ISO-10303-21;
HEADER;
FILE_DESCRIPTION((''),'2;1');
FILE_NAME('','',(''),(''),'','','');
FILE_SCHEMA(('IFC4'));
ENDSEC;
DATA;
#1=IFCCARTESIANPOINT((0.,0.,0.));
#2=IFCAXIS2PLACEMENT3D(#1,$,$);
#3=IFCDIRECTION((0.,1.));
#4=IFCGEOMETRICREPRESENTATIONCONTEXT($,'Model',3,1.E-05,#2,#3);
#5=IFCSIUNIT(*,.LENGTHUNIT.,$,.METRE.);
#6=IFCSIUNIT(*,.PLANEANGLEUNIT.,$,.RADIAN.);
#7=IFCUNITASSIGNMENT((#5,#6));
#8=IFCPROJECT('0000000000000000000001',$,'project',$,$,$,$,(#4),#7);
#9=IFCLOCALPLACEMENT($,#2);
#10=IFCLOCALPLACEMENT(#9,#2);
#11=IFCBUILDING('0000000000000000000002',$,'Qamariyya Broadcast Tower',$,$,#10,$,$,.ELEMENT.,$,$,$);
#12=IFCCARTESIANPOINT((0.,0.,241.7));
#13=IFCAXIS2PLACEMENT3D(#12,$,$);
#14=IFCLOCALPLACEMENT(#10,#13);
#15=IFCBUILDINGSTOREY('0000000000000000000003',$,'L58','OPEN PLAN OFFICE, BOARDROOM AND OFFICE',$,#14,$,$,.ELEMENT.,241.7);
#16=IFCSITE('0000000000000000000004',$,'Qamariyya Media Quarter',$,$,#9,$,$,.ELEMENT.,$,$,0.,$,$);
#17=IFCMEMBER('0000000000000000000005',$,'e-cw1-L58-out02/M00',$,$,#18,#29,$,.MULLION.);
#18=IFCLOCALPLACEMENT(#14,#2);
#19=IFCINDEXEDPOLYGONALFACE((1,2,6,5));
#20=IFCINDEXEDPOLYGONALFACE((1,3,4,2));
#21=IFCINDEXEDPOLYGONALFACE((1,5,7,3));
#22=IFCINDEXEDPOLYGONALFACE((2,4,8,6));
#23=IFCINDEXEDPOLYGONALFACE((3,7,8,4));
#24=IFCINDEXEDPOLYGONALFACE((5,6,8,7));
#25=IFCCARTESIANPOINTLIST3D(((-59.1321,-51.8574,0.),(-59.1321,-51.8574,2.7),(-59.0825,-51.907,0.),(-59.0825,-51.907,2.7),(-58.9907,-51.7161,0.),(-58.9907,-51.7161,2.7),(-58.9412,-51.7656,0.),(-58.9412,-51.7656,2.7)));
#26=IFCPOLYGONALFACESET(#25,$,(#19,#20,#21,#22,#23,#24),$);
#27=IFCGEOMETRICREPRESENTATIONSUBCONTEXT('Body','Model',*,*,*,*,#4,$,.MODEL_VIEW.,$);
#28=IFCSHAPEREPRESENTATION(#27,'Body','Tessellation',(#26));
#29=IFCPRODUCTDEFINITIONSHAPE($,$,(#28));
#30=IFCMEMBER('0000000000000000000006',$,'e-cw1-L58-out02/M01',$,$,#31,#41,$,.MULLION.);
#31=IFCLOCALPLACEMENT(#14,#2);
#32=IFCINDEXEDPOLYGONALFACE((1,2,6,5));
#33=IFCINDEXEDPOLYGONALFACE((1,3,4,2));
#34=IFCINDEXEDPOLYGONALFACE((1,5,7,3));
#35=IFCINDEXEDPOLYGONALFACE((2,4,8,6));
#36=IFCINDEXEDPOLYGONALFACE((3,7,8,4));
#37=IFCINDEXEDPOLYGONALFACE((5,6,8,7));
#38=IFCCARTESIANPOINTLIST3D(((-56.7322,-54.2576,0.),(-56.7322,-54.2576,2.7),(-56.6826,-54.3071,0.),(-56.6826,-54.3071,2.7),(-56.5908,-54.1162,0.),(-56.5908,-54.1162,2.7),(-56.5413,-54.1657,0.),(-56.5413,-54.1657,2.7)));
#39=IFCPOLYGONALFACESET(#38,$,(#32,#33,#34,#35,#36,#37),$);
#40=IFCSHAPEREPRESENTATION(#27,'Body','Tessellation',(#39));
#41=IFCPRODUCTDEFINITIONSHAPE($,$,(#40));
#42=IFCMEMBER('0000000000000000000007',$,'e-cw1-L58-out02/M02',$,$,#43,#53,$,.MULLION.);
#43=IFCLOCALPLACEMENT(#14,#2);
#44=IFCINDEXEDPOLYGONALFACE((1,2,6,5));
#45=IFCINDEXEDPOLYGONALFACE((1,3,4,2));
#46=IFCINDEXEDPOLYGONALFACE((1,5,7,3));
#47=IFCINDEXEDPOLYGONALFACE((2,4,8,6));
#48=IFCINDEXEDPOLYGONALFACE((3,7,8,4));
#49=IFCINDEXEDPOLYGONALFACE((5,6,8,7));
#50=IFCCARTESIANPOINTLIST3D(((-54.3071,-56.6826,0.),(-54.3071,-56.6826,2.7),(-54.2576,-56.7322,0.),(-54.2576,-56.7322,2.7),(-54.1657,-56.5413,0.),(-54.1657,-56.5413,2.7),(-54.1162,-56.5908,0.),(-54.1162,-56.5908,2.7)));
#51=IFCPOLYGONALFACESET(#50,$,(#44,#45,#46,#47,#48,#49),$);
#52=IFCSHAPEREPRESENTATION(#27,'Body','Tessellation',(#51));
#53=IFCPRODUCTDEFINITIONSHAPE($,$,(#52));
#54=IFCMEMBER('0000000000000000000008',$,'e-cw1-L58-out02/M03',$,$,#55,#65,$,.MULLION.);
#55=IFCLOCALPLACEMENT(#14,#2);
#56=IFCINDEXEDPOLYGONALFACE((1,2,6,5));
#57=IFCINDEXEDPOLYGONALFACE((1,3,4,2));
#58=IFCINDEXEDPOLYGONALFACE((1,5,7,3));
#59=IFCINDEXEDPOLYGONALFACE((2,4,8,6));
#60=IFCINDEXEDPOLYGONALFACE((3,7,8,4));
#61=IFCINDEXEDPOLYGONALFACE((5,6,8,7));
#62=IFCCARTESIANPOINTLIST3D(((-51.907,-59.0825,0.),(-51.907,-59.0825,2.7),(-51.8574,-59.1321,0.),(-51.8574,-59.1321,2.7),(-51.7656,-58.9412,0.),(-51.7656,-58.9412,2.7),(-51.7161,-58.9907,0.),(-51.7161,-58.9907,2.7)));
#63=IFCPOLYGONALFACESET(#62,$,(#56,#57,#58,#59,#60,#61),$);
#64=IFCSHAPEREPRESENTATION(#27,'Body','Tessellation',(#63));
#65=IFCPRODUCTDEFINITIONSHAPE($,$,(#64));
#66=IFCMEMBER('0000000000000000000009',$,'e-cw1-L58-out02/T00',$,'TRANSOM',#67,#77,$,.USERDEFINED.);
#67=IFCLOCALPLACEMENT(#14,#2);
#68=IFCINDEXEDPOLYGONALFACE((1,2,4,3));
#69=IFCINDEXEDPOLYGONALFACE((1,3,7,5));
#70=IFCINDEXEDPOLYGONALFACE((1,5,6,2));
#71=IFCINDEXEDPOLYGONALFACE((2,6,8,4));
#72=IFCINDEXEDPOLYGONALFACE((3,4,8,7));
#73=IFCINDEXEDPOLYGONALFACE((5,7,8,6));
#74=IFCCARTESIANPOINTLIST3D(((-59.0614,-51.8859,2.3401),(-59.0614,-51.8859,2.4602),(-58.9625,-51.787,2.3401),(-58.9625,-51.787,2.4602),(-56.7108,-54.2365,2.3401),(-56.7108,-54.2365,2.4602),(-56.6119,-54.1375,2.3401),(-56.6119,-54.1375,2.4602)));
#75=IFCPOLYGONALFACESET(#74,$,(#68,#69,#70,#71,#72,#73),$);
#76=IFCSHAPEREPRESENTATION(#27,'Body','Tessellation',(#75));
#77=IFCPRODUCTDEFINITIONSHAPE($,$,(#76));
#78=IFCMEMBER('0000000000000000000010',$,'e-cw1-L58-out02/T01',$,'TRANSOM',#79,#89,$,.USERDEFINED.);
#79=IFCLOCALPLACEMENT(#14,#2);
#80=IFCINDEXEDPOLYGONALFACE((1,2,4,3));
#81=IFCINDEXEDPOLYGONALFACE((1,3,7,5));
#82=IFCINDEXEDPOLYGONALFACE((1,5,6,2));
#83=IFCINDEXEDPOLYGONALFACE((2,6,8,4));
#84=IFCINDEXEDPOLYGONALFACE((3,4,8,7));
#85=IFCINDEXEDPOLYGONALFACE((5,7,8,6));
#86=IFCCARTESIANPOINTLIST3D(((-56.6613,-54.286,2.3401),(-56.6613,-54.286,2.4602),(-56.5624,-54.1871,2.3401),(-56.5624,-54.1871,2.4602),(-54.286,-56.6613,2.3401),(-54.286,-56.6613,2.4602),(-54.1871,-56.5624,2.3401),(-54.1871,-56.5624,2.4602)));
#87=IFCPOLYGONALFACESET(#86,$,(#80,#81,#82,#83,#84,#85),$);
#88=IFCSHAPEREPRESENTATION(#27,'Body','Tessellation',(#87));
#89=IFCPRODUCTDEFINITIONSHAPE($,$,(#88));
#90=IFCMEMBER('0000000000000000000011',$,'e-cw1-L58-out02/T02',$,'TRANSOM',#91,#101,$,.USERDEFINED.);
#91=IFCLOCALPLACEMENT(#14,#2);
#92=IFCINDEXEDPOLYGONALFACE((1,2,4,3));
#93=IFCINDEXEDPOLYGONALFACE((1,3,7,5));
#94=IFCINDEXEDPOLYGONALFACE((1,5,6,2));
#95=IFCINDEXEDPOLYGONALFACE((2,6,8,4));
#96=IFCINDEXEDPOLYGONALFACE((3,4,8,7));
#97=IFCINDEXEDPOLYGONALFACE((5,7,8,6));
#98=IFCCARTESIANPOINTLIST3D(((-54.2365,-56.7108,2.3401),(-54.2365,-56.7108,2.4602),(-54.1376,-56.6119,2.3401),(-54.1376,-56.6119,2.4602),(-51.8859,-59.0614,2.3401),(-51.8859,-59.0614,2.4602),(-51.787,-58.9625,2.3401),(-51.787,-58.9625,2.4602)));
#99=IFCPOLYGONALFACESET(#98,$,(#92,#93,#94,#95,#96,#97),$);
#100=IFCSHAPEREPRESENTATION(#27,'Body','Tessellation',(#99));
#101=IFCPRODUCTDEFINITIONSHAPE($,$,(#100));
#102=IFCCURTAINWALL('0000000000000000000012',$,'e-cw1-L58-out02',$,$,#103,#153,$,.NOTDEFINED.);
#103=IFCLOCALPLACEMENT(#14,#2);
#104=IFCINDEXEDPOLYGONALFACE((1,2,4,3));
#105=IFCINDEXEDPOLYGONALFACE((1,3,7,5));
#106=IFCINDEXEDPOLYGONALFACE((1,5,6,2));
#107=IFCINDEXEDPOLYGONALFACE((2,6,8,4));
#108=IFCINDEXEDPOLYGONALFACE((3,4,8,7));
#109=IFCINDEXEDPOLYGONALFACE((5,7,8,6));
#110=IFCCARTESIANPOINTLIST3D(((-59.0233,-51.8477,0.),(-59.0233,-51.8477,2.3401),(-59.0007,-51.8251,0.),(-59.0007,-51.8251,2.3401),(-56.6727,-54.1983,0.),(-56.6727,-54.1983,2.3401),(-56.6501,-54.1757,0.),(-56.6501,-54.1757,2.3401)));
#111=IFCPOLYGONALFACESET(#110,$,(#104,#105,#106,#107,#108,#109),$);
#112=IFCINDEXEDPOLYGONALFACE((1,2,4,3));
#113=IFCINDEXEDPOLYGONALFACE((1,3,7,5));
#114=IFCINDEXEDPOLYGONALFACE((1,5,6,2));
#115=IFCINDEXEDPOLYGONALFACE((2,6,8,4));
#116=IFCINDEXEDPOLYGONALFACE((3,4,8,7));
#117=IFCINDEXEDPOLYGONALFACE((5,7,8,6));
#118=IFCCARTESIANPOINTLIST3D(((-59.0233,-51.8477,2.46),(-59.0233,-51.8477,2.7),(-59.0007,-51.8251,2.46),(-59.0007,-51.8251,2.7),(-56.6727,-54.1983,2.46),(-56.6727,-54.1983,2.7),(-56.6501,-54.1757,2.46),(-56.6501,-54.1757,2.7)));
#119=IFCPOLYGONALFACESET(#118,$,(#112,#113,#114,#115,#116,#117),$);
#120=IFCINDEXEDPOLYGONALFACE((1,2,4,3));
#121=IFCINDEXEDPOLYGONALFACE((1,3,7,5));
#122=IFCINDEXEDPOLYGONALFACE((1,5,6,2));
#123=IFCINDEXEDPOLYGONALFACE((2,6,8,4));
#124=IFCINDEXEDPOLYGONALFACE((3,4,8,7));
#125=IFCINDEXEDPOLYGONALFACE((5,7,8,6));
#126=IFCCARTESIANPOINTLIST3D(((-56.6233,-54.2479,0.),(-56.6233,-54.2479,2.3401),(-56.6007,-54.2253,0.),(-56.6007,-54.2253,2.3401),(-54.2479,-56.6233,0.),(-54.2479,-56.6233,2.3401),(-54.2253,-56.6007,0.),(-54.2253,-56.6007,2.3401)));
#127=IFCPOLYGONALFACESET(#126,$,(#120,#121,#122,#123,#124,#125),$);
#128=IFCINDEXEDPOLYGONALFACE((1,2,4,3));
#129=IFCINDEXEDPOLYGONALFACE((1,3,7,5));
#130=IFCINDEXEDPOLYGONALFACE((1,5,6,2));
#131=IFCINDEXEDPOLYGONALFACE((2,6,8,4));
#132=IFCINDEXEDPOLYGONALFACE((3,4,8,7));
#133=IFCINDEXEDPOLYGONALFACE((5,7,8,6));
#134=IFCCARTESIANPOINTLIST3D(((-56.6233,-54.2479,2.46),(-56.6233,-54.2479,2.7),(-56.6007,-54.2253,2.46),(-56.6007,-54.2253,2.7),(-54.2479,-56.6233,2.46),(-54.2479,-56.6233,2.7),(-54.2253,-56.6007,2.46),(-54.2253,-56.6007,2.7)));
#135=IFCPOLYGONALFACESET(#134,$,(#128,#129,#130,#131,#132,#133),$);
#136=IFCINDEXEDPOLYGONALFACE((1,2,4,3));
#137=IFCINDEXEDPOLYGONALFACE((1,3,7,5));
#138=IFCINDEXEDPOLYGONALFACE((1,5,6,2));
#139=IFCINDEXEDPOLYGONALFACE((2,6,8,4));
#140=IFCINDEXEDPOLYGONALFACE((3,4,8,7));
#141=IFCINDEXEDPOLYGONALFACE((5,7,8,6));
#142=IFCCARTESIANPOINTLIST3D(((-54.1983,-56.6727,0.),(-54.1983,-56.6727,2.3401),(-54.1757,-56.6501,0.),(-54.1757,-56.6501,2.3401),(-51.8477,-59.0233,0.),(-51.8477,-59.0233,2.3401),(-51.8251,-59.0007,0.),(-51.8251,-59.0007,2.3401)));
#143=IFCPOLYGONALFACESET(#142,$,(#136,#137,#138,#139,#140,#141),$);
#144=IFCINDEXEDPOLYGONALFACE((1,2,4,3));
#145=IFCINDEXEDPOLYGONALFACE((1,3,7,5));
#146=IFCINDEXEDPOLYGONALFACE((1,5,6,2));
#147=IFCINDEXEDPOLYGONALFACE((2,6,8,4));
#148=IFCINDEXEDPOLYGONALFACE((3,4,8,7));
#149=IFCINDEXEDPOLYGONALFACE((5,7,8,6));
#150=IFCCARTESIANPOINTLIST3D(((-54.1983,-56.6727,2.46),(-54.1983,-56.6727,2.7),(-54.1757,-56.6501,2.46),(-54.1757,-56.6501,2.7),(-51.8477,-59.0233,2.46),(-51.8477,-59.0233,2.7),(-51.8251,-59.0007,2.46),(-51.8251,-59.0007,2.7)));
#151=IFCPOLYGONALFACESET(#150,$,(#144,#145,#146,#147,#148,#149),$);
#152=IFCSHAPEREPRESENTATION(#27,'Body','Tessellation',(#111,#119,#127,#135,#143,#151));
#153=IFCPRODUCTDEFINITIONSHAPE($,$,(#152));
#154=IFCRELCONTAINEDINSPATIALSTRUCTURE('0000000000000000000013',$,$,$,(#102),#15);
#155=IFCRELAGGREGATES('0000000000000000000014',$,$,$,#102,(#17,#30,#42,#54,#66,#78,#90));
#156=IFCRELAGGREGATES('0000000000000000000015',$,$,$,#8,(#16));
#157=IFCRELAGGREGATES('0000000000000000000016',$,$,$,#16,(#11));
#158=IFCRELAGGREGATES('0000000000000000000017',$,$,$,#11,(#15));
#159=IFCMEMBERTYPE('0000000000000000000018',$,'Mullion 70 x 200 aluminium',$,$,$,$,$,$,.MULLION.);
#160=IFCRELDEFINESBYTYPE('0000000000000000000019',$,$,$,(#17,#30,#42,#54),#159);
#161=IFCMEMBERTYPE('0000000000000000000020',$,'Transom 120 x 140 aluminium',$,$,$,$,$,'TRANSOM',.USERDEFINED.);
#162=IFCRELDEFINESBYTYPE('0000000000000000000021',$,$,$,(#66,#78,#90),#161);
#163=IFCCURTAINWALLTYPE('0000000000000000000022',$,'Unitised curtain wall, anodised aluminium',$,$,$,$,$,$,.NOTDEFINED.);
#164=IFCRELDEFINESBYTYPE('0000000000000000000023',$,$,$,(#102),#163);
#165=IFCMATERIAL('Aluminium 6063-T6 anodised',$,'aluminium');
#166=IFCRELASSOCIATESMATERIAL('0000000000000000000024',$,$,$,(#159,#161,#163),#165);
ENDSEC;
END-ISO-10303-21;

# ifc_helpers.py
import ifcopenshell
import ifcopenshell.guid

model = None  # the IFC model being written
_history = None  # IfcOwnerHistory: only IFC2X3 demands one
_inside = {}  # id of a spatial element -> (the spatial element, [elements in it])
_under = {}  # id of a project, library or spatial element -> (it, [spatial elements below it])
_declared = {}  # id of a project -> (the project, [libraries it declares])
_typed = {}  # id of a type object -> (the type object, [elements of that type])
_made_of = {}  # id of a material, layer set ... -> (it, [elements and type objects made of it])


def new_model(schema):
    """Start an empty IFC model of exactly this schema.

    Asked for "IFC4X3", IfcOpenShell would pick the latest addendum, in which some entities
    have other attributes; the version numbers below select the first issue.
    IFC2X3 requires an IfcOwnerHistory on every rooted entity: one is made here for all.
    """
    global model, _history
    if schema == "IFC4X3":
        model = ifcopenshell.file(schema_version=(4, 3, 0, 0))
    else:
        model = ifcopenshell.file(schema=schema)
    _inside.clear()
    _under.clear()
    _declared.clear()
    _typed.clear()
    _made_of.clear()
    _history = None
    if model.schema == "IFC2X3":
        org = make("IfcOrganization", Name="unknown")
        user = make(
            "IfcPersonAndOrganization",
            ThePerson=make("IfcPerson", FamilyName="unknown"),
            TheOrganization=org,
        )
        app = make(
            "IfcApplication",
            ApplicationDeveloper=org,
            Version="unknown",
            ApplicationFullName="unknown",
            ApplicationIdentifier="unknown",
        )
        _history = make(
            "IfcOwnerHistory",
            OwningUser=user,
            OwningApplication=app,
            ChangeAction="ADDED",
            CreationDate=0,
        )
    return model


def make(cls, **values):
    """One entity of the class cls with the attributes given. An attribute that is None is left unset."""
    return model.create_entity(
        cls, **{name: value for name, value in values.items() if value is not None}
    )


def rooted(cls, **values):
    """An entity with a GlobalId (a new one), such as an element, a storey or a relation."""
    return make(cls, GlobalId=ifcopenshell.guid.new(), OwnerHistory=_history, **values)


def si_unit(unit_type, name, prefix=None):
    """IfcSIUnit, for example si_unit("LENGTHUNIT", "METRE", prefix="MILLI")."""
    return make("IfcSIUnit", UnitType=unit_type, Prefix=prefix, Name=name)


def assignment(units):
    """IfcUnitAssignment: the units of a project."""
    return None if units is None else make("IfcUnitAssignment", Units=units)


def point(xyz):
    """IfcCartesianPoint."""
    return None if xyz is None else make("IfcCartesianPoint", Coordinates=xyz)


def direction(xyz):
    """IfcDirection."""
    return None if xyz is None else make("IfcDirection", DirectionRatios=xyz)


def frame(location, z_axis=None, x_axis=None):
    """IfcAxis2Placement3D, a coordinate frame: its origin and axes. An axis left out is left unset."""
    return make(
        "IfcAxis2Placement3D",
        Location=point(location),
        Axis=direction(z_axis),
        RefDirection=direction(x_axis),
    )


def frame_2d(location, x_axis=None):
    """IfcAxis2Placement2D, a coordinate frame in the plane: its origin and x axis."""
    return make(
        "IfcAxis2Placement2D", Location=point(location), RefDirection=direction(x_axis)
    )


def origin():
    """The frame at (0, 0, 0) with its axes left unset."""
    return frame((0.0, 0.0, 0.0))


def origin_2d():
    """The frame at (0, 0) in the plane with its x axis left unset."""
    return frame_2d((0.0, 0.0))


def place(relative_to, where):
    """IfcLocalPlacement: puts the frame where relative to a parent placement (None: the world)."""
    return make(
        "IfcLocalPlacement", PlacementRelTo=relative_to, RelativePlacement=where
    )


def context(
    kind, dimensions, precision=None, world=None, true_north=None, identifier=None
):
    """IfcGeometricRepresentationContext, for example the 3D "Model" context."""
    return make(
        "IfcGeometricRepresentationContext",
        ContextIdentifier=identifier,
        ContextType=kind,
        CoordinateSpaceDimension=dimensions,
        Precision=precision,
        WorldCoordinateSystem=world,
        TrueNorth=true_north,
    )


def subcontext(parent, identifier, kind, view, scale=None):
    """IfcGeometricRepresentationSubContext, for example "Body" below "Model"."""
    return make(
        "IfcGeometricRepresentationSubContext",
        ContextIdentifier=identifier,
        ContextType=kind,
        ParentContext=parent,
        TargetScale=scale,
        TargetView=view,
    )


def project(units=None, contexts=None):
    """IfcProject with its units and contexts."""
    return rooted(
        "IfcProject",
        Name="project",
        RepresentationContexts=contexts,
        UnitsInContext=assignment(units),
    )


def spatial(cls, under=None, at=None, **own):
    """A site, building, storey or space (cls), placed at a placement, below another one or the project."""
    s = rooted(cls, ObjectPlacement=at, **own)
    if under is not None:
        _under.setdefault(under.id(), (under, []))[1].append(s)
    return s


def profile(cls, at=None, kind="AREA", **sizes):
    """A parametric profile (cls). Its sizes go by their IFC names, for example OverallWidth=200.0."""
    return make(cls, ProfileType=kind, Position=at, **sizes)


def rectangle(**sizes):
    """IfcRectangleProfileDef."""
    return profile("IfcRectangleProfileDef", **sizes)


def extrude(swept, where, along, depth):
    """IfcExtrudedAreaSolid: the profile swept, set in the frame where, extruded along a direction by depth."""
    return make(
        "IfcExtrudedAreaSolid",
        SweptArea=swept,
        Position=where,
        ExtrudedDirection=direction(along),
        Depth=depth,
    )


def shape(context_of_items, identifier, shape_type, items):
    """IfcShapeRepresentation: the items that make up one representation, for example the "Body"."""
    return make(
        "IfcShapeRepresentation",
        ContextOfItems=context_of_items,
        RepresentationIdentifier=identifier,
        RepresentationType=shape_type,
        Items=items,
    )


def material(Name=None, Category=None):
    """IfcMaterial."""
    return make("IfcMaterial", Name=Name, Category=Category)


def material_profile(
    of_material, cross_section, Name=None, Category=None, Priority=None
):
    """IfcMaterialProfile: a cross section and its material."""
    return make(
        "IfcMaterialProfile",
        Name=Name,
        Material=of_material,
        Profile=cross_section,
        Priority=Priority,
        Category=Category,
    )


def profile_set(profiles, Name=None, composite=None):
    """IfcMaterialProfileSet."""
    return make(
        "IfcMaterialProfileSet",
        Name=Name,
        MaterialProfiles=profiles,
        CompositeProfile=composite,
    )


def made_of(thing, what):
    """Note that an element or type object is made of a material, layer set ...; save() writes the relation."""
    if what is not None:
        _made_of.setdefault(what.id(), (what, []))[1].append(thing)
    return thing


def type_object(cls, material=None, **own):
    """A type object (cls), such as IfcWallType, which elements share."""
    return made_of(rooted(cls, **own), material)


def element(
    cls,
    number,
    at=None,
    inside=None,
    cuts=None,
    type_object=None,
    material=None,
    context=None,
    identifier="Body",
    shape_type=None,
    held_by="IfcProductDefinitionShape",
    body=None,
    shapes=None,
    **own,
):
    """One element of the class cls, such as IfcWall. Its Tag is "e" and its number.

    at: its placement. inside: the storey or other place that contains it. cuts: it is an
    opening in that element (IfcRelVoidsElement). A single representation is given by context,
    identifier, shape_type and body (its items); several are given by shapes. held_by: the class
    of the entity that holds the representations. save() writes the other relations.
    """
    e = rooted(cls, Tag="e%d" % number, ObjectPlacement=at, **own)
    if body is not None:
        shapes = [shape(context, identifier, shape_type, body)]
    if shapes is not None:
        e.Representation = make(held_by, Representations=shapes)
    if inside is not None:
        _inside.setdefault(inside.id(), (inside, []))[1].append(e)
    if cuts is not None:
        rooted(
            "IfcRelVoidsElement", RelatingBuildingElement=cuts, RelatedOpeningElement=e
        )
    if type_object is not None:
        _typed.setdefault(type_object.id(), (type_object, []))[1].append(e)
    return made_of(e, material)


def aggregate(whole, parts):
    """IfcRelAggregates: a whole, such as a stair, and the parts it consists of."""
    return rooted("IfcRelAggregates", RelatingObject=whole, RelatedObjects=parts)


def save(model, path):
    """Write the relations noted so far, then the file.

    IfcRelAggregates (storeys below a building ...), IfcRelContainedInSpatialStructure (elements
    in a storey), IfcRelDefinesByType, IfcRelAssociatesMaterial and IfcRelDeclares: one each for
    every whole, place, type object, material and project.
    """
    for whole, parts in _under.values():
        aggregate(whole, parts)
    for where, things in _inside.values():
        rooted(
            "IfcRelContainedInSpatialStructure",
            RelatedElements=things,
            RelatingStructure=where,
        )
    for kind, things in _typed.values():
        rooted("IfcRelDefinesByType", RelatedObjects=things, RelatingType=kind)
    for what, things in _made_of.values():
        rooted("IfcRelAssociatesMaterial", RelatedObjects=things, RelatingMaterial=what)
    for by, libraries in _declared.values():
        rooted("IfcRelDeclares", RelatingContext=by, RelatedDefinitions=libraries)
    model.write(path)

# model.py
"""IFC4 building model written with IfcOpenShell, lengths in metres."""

from ifc_helpers import new_model, si_unit, direction, frame, origin, origin_2d, place, context, subcontext, project, spatial, rectangle, extrude, material, material_profile, profile_set, type_object, element, aggregate, save


model = new_model("IFC4")

# Units and contexts
model_context = context("Model", 3, precision=1e-05, world=origin(), true_north=direction((0.0, 1.0)))
body_context = subcontext(model_context, "Body", "Model", "MODEL_VIEW")
ifc_project = project(units=[si_unit("LENGTHUNIT", "METRE"), si_unit("PLANEANGLEUNIT", "RADIAN")], contexts=[model_context])

# Members
ifc_material = material(Name="Aluminium 6063-T6 anodised", Category="aluminium")
ifc_material_profile_1 = material_profile(ifc_material, rectangle(XDim=0.2, YDim=0.0701, at=origin_2d()))
ifc_profile_set_1 = profile_set([ifc_material_profile_1], Name="Aluminium 6063-T6 anodised")
member_type_1 = type_object("IfcMemberType", Name="Mullion 70 x 200 aluminium", PredefinedType="MULLION", material=ifc_profile_set_1)
site_placement = place(None, origin())
building_placement = place(site_placement, origin())
storey_placement = place(building_placement, frame((0.0, 0.0, 241.7)))
member_1_placement = place(storey_placement, frame((-59.0366, -51.8115, 0.0), z_axis=(0.0, 0.0, 1.0), x_axis=(0.707107, 0.707107, 0.0)))
member_1 = element("IfcMember", 1, at=member_1_placement, type_object=member_type_1, Name="e-cw1-L58-out02/M00", PredefinedType="MULLION", context=body_context, shape_type="SweptSolid", body=[
    extrude(rectangle(XDim=0.2, YDim=0.0701, at=origin_2d()), origin(), (0.0, 0.0, 1.0), 2.7),
])
member_2_placement = place(storey_placement, frame((-56.6367, -54.2117, 0.0), z_axis=(0.0, 0.0, 1.0), x_axis=(0.707107, 0.707107, 0.0)))
member_2 = element("IfcMember", 2, at=member_2_placement, type_object=member_type_1, Name="e-cw1-L58-out02/M01", PredefinedType="MULLION", context=body_context, shape_type="SweptSolid", body=[
    extrude(rectangle(XDim=0.2, YDim=0.0701, at=origin_2d()), origin(), (0.0, 0.0, 1.0), 2.7),
])
member_3_placement = place(storey_placement, frame((-54.2117, -56.6367, 0.0), z_axis=(0.0, 0.0, 1.0), x_axis=(0.707107, 0.707107, 0.0)))
member_3 = element("IfcMember", 3, at=member_3_placement, type_object=member_type_1, Name="e-cw1-L58-out02/M02", PredefinedType="MULLION", context=body_context, shape_type="SweptSolid", body=[
    extrude(rectangle(XDim=0.2, YDim=0.0701, at=origin_2d()), origin(), (0.0, 0.0, 1.0), 2.7),
])
member_4_placement = place(storey_placement, frame((-51.8115, -59.0366, 0.0), z_axis=(0.0, 0.0, 1.0), x_axis=(0.707107, 0.707107, 0.0)))
member_4 = element("IfcMember", 4, at=member_4_placement, type_object=member_type_1, Name="e-cw1-L58-out02/M03", PredefinedType="MULLION", context=body_context, shape_type="SweptSolid", body=[
    extrude(rectangle(XDim=0.2, YDim=0.0701, at=origin_2d()), origin(), (0.0, 0.0, 1.0), 2.7),
])
ifc_material_profile_2 = material_profile(ifc_material, rectangle(XDim=0.1399, YDim=0.1201, at=origin_2d()))
ifc_profile_set_2 = profile_set([ifc_material_profile_2], Name="Aluminium 6063-T6 anodised")
member_type_2 = type_object("IfcMemberType", Name="Transom 120 x 140 aluminium", ElementType="TRANSOM", PredefinedType="USERDEFINED", material=ifc_profile_set_2)
member_5_placement = place(storey_placement, frame((-59.012, -51.8364, 2.4001), z_axis=(0.707107, -0.707107, 0.0), x_axis=(0.707107, 0.707107, 0.0)))
member_5 = element("IfcMember", 5, at=member_5_placement, type_object=member_type_2, Name="e-cw1-L58-out02/T00", ObjectType="TRANSOM", PredefinedType="USERDEFINED", context=body_context, shape_type="SweptSolid", body=[
    extrude(rectangle(XDim=0.1399, YDim=0.1201, at=origin_2d()), origin(), (0.0, 0.0, 1.0), 3.3242),
])
member_6_placement = place(storey_placement, frame((-56.6118, -54.2366, 2.4001), z_axis=(0.707107, -0.707107, 0.0), x_axis=(0.707107, 0.707107, 0.0)))
member_6 = element("IfcMember", 6, at=member_6_placement, type_object=member_type_2, Name="e-cw1-L58-out02/T01", ObjectType="TRANSOM", PredefinedType="USERDEFINED", context=body_context, shape_type="SweptSolid", body=[
    extrude(rectangle(XDim=0.1399, YDim=0.1201, at=origin_2d()), origin(), (0.0, 0.0, 1.0), 3.3591),
])
member_7_placement = place(storey_placement, frame((-54.187, -56.6614, 2.4001), z_axis=(0.707107, -0.707107, 0.0), x_axis=(0.707107, 0.707107, 0.0)))
member_7 = element("IfcMember", 7, at=member_7_placement, type_object=member_type_2, Name="e-cw1-L58-out02/T02", ObjectType="TRANSOM", PredefinedType="USERDEFINED", context=body_context, shape_type="SweptSolid", body=[
    extrude(rectangle(XDim=0.1399, YDim=0.1201, at=origin_2d()), origin(), (0.0, 0.0, 1.0), 3.3242),
])

# Site, building, storey
site = spatial("IfcSite", under=ifc_project, at=site_placement, Name="Qamariyya Media Quarter", CompositionType="ELEMENT", RefElevation=0.0)
building = spatial("IfcBuilding", under=site, at=building_placement, Name="Qamariyya Broadcast Tower", CompositionType="ELEMENT")
storey = spatial("IfcBuildingStorey", under=building, at=storey_placement, Name="L58", Description="OPEN PLAN OFFICE, BOARDROOM AND OFFICE", CompositionType="ELEMENT", Elevation=241.7)

# Curtain wall
curtain_wall_type = type_object("IfcCurtainWallType", Name="Unitised curtain wall, anodised aluminium", PredefinedType="NOTDEFINED", material=ifc_material)
curtain_wall_1_placement = place(storey_placement, origin())
curtain_wall_1 = element("IfcCurtainWall", 8, at=curtain_wall_1_placement, inside=storey, type_object=curtain_wall_type, Name="e-cw1-L58-out02", PredefinedType="NOTDEFINED", context=body_context, shape_type="SweptSolid", body=[
    extrude(rectangle(XDim=3.3242, YDim=0.032, at=origin_2d()), frame((-57.8367, -53.0117, 0.0), x_axis=(0.707107, -0.707107, 0.0)), (0.0, 0.0, 1.0), 2.3401),
    extrude(rectangle(XDim=3.3242, YDim=0.032, at=origin_2d()), frame((-57.8367, -53.0117, 2.46), x_axis=(0.707107, -0.707107, 0.0)), (0.0, 0.0, 1.0), 0.24),
    extrude(rectangle(XDim=3.3594, YDim=0.032, at=origin_2d()), frame((-55.4243, -55.4243, 0.0), x_axis=(0.707107, -0.707107, 0.0)), (0.0, 0.0, 1.0), 2.3401),
    extrude(rectangle(XDim=3.3594, YDim=0.032, at=origin_2d()), frame((-55.4243, -55.4243, 2.46), x_axis=(0.707107, -0.707107, 0.0)), (0.0, 0.0, 1.0), 0.24),
    extrude(rectangle(XDim=3.3242, YDim=0.032, at=origin_2d()), frame((-53.0117, -57.8367, 0.0), x_axis=(0.707107, -0.707107, 0.0)), (0.0, 0.0, 1.0), 2.3401),
    extrude(rectangle(XDim=3.3242, YDim=0.032, at=origin_2d()), frame((-53.0117, -57.8367, 2.46), x_axis=(0.707107, -0.707107, 0.0)), (0.0, 0.0, 1.0), 0.24),
])
aggregate(curtain_wall_1, [member_1, member_2, member_3, member_4, member_5, member_6, member_7])

save(model, "model.ifc")
